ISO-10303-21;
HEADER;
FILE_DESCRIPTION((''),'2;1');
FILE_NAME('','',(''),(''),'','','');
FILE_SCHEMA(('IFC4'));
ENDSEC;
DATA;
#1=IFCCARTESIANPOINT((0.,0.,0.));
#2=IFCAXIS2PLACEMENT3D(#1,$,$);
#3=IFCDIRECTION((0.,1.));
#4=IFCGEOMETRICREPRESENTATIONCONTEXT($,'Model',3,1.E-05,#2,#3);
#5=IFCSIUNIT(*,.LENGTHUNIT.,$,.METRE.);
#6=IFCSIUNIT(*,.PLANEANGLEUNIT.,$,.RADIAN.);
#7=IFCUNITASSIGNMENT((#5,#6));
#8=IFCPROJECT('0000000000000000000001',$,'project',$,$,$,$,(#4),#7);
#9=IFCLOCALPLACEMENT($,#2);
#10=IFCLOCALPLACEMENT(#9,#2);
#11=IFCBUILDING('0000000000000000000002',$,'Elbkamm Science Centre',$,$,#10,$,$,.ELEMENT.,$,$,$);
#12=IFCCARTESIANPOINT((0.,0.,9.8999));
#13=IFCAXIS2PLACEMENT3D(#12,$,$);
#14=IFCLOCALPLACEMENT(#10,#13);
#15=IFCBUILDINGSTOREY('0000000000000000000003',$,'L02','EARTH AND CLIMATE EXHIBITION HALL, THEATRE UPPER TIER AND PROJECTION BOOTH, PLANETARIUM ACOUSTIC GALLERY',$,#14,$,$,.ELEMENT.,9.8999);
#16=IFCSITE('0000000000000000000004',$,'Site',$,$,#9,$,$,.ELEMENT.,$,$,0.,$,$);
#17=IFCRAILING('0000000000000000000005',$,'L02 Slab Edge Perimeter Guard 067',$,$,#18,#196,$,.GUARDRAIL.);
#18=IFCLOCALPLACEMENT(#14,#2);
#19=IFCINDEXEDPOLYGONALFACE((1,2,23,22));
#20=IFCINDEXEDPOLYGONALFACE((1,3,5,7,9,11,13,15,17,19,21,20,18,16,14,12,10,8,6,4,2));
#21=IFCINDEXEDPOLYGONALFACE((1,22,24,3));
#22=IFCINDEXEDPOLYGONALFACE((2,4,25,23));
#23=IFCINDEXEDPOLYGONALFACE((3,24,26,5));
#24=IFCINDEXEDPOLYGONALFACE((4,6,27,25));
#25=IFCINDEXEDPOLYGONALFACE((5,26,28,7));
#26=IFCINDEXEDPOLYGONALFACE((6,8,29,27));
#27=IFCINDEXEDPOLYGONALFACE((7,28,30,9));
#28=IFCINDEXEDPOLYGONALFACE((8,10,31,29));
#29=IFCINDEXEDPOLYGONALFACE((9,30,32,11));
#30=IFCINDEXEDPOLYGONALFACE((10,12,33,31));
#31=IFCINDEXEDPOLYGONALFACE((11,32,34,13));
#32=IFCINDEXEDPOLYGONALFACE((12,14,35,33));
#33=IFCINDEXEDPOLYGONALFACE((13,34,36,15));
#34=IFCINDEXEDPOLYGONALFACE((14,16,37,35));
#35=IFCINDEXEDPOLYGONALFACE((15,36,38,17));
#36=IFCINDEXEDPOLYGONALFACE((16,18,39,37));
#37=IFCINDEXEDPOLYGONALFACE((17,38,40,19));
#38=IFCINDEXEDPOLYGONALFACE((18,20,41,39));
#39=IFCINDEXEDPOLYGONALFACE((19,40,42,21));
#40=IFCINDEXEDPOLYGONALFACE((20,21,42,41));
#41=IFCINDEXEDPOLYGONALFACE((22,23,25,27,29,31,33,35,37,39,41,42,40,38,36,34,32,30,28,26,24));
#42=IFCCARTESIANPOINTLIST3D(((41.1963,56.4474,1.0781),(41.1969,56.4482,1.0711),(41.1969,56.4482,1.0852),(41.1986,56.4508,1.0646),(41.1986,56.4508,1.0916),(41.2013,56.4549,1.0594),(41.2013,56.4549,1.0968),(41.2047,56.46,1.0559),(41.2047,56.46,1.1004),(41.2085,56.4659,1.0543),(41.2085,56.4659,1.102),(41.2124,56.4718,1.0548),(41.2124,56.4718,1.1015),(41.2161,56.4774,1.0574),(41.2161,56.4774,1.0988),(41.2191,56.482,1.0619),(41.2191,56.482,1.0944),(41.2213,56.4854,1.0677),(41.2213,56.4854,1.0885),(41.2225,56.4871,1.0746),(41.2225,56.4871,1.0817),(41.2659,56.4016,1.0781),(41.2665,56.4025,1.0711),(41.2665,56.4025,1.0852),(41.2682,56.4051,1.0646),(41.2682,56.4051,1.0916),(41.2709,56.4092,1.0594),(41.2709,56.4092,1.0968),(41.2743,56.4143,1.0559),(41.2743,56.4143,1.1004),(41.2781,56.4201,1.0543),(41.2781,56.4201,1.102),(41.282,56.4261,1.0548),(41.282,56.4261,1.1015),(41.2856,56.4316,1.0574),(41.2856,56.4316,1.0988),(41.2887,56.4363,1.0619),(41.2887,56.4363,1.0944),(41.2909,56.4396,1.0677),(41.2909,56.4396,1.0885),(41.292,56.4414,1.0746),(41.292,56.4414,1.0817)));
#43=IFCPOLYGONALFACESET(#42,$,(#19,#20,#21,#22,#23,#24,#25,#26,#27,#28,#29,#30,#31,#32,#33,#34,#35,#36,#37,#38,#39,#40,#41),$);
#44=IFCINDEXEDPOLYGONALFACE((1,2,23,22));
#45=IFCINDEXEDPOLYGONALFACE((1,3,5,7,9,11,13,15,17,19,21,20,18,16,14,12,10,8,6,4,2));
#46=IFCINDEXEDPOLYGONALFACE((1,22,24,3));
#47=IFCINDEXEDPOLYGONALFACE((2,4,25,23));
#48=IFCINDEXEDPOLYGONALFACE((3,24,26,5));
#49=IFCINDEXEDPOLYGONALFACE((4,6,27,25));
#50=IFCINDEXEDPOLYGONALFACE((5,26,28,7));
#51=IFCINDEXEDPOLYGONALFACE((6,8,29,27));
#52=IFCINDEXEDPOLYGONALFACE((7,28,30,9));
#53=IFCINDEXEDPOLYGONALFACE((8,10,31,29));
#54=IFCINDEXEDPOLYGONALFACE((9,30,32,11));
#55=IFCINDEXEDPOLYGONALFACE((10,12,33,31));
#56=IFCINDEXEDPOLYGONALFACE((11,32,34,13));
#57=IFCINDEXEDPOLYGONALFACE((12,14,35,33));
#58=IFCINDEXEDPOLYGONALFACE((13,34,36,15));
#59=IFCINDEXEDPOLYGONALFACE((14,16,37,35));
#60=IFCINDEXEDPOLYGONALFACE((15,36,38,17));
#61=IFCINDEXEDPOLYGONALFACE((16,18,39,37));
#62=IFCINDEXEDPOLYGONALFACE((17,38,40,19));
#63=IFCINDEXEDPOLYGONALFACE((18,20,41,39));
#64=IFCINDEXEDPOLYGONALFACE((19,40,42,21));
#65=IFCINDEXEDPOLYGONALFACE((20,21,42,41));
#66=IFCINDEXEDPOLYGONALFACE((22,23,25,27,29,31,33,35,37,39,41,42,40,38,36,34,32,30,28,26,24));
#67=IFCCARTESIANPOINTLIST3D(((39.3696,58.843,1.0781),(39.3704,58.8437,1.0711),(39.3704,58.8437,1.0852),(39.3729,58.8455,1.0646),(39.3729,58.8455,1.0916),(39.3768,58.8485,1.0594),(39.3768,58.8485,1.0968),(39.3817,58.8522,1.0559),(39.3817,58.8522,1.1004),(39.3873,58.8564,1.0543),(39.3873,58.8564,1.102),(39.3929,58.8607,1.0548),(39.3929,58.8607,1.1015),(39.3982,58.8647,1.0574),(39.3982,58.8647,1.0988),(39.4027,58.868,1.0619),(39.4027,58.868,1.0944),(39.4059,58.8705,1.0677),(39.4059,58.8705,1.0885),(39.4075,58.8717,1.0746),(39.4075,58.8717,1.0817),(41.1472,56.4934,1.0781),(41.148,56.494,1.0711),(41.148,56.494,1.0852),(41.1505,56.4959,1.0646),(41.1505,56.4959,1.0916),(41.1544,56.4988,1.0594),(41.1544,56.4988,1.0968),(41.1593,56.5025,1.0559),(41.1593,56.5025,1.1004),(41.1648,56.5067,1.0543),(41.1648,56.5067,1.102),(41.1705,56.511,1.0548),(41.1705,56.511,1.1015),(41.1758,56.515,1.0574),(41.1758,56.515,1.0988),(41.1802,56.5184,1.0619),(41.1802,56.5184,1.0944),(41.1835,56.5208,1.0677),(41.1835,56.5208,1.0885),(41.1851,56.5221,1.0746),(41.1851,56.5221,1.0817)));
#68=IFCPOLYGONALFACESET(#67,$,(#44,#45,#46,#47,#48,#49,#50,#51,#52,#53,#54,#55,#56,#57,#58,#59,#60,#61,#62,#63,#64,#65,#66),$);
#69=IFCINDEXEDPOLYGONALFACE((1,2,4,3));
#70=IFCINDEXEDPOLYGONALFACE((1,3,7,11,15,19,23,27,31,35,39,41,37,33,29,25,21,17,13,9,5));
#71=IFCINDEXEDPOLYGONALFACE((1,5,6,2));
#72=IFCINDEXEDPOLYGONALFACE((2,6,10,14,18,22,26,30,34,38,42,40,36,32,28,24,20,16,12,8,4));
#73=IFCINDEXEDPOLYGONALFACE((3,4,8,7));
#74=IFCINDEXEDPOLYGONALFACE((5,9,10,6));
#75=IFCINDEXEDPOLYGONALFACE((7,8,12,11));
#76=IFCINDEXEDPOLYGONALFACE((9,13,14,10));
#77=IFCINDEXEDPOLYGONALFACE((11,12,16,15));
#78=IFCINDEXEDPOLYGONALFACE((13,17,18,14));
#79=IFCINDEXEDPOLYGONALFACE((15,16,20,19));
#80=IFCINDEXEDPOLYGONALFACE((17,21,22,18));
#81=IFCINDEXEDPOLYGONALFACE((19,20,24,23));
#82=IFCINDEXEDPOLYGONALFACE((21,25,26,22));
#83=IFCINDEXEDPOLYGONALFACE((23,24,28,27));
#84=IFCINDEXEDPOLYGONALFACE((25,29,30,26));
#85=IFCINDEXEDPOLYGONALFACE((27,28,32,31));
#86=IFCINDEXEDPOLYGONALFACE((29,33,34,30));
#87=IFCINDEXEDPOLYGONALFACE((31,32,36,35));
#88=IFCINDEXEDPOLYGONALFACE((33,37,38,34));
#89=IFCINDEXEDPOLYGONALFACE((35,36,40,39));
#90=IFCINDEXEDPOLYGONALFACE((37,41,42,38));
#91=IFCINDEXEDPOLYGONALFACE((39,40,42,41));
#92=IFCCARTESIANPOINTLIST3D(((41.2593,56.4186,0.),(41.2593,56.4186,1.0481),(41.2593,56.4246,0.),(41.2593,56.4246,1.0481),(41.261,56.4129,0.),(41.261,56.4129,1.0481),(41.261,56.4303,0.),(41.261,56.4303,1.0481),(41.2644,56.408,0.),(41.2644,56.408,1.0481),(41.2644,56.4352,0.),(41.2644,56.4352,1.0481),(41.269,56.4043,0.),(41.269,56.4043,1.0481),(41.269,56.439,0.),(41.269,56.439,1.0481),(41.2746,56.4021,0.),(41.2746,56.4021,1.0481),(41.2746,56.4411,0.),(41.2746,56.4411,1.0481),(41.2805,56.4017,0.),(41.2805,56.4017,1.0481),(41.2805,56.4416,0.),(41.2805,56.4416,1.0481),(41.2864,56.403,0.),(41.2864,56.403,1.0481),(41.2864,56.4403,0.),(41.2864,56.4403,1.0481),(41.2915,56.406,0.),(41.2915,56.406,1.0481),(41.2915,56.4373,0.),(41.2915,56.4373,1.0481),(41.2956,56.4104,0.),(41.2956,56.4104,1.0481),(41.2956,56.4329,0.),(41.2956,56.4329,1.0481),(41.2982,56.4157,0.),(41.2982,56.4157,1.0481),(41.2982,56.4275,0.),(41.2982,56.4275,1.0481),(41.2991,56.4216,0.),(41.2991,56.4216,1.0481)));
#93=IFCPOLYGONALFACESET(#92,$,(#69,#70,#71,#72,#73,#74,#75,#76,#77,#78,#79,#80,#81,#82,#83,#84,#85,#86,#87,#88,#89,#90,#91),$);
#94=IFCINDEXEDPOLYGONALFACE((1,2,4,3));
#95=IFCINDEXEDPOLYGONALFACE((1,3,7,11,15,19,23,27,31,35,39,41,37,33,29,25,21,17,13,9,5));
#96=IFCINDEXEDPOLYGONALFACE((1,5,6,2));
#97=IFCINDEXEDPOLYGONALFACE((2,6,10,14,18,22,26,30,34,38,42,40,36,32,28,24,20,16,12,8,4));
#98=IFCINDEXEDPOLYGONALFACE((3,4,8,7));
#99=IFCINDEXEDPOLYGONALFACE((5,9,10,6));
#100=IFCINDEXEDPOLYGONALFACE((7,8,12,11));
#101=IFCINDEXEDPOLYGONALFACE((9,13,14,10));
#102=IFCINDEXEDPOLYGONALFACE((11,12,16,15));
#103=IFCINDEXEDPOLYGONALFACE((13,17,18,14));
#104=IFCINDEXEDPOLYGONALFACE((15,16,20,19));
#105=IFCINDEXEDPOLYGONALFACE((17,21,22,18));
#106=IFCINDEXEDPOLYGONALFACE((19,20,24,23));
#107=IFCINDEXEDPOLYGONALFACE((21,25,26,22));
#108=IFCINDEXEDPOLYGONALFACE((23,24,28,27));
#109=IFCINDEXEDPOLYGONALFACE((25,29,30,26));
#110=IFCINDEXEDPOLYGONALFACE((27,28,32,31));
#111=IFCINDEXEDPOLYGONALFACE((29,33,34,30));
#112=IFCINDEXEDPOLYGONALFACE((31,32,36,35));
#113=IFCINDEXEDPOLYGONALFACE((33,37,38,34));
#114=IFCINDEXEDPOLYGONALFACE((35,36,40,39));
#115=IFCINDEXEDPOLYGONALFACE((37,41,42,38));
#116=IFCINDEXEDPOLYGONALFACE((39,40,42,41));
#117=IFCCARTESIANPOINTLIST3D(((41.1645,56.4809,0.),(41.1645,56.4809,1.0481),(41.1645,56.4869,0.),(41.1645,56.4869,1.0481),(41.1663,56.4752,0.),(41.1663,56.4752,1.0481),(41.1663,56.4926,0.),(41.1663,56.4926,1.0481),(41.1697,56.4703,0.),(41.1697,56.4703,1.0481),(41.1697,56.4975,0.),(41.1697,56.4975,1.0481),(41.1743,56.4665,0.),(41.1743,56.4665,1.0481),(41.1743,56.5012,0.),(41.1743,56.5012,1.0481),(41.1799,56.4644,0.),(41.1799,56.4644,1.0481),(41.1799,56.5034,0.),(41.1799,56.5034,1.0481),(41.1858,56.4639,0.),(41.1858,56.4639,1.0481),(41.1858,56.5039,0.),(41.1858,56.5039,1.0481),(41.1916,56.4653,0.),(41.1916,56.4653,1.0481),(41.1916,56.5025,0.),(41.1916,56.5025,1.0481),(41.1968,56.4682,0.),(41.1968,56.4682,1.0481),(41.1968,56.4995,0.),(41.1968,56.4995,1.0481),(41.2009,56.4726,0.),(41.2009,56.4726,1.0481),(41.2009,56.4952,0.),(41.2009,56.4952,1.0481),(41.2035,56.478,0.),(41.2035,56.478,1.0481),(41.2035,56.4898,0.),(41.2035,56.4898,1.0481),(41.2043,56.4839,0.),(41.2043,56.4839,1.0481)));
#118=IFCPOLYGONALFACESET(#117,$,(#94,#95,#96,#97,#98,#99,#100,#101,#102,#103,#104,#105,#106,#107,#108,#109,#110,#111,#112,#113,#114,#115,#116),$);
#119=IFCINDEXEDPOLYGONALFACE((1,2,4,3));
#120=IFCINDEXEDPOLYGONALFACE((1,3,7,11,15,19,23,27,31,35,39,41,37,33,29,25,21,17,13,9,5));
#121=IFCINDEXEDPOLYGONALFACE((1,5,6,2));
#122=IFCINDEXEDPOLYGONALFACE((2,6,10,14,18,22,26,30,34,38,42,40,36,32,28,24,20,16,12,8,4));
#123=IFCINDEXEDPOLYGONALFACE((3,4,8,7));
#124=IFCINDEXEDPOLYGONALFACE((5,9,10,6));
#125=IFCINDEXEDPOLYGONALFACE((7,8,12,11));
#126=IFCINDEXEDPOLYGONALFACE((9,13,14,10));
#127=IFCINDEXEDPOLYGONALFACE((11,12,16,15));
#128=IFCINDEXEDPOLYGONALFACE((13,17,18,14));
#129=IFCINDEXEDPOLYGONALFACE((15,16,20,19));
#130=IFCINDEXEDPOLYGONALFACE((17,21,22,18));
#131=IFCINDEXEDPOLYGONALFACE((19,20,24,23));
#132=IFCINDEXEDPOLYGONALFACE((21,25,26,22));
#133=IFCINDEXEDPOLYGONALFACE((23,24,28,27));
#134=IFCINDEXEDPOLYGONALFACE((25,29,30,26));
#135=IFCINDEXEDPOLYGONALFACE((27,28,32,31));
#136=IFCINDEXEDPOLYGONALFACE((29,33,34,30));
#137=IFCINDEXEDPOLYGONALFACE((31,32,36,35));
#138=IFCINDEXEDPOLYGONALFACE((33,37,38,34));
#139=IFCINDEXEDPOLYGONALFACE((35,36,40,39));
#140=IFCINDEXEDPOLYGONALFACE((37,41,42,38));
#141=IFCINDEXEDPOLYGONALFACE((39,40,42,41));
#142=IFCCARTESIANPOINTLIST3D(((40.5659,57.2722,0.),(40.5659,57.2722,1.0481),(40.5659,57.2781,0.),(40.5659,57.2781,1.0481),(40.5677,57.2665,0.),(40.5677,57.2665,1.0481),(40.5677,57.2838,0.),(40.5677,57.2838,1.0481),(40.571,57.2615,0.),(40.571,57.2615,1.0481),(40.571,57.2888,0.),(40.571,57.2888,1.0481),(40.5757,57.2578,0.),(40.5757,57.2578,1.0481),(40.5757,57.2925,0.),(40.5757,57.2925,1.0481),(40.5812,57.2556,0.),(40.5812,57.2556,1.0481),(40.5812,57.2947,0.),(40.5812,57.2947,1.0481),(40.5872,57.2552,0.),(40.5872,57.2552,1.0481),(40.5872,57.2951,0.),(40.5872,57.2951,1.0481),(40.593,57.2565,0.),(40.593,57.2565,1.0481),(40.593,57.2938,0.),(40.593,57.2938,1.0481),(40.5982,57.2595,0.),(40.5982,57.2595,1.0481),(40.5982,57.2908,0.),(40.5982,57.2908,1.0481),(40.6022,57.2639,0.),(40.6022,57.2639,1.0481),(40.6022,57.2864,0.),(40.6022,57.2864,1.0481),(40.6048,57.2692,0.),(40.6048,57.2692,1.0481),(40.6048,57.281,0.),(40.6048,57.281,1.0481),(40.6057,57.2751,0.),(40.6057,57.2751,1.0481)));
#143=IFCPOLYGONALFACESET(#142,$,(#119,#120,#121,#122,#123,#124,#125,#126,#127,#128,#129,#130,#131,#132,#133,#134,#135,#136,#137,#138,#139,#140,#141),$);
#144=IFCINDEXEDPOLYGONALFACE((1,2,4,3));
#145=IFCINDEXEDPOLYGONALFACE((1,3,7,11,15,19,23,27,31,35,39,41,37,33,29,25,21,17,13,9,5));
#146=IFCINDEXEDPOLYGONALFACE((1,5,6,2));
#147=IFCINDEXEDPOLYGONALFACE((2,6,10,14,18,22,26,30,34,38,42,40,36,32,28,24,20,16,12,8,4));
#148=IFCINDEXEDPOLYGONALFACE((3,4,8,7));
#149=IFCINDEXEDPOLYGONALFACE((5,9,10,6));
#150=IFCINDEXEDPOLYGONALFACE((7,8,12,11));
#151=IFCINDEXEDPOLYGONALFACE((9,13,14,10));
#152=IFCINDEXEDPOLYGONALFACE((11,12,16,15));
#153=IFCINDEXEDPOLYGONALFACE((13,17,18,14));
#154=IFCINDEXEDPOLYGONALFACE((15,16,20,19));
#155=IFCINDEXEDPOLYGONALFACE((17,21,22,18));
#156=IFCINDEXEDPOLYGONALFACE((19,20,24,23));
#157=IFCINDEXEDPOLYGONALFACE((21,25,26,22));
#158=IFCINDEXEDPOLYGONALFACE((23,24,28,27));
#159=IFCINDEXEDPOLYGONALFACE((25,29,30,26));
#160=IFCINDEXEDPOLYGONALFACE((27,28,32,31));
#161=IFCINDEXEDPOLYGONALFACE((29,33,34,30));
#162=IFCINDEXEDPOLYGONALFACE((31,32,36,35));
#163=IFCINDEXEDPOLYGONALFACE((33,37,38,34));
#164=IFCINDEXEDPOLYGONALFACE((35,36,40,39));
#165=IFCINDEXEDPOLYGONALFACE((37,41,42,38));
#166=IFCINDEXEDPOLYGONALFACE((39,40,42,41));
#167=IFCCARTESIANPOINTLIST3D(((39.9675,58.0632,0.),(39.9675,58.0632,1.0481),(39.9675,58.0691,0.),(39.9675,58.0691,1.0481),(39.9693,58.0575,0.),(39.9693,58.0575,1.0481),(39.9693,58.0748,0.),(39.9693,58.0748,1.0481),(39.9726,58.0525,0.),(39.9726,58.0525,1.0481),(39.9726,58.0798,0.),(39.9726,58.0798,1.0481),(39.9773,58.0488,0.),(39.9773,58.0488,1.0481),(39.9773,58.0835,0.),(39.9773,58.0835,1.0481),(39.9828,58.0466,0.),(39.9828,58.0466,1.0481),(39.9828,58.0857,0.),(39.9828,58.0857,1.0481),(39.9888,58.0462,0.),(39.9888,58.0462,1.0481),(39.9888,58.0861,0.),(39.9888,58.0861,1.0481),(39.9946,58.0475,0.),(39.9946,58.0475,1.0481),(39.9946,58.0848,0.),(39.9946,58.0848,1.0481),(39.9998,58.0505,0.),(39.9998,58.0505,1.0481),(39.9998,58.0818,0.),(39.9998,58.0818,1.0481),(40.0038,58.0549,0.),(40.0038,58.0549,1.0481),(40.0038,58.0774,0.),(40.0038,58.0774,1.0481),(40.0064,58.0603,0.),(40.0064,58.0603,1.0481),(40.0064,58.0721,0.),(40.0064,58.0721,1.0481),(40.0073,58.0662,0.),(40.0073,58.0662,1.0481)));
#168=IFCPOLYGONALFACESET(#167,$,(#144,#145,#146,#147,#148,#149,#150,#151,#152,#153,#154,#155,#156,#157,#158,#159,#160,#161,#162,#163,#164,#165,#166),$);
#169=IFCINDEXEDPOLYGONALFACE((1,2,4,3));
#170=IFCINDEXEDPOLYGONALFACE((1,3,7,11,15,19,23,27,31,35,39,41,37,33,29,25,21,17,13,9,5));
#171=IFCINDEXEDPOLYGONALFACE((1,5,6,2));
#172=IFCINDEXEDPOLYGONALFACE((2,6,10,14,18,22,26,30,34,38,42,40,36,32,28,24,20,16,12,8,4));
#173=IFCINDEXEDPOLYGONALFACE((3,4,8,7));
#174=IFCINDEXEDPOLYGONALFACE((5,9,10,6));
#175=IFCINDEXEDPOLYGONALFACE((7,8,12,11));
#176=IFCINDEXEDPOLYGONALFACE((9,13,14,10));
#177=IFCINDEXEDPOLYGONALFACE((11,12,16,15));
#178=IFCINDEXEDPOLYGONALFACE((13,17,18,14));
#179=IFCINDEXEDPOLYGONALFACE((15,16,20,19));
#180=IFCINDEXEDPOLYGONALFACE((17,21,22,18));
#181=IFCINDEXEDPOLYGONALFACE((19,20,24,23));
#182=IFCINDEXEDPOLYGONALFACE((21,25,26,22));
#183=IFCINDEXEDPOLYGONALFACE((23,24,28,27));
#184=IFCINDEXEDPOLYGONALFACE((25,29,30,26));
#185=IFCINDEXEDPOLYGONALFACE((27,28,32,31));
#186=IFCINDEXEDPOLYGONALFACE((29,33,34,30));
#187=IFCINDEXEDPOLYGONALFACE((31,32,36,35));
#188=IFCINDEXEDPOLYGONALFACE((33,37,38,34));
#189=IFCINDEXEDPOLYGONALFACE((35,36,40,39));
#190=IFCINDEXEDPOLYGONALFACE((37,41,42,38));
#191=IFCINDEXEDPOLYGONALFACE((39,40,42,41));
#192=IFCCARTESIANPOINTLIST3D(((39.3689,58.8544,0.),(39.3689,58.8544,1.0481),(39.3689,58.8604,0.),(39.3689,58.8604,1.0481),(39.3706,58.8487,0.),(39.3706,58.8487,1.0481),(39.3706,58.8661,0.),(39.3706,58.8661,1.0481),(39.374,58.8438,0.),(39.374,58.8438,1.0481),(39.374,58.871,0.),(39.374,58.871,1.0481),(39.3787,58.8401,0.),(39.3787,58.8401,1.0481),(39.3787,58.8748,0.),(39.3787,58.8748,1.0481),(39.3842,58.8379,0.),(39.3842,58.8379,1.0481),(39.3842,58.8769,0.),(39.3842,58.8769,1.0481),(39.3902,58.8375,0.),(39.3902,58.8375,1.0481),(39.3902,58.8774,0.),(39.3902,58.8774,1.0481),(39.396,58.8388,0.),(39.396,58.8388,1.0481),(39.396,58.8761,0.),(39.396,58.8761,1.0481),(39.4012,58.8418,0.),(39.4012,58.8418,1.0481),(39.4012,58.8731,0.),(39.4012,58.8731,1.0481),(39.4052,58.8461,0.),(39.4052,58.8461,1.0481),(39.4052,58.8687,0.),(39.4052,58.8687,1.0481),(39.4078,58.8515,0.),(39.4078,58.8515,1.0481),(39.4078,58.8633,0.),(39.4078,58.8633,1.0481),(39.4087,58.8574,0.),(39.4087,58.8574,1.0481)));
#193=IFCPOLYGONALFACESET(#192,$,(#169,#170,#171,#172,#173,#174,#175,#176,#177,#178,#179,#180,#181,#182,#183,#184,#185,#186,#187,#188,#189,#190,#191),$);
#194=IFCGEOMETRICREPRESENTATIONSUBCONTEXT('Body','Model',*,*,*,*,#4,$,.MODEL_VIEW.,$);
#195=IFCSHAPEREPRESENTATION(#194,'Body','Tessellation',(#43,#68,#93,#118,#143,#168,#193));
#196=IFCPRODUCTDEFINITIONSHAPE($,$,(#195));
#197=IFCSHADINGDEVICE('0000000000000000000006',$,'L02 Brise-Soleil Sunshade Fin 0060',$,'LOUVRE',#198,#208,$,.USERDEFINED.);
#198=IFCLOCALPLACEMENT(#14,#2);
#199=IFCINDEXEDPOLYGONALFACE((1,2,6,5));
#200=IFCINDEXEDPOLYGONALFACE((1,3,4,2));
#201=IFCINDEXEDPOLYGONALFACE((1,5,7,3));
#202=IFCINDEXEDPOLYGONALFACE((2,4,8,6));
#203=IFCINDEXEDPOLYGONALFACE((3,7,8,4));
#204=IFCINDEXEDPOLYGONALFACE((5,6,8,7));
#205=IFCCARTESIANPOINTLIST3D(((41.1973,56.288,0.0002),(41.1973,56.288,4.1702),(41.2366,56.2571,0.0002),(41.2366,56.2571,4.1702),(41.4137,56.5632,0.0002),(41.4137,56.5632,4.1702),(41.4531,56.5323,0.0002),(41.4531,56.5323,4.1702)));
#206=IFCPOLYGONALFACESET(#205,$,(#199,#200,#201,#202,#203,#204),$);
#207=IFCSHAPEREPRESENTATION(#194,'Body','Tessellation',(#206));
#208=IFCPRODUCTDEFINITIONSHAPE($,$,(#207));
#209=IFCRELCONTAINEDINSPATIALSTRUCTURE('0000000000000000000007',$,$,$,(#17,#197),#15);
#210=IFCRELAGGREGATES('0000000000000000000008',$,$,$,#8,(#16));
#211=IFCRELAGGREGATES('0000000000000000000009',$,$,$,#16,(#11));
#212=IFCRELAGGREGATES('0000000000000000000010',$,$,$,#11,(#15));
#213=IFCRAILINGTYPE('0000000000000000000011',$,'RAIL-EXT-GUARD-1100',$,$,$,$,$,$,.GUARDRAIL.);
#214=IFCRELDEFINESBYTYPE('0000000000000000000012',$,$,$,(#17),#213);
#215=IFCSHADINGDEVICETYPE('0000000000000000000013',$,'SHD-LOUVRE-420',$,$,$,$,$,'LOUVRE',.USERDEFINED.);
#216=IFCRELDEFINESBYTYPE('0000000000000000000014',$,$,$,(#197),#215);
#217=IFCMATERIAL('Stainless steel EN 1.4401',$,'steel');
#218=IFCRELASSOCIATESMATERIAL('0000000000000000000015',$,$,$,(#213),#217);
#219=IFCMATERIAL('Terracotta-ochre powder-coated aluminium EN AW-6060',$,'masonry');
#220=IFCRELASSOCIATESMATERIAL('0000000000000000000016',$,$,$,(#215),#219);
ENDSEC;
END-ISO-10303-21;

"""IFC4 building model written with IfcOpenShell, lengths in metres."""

from ifc_helpers import new_model, si_unit, direction, frame, origin, origin_2d, place, context, subcontext, project, spatial, rectangle, circle, extrude, material, type_object, element, save


model = new_model("IFC4")

# Units and contexts
model_context = context("Model", 3, precision=1e-05, world=origin(), true_north=direction((0.0, 1.0)))
body_context = subcontext(model_context, "Body", "Model", "MODEL_VIEW")
ifc_project = project(units=[si_unit("LENGTHUNIT", "METRE"), si_unit("PLANEANGLEUNIT", "RADIAN")], contexts=[model_context])

# Site, building, storey
site_placement = place(None, origin())
site = spatial("IfcSite", under=ifc_project, at=site_placement, Name="Site", CompositionType="ELEMENT", RefElevation=0.0)
building_placement = place(site_placement, origin())
building = spatial("IfcBuilding", under=site, at=building_placement, Name="Elbkamm Science Centre", CompositionType="ELEMENT")
storey_placement = place(building_placement, frame((0.0, 0.0, 9.8999)))
storey = spatial("IfcBuildingStorey", under=building, at=storey_placement, Name="L02", Description="EARTH AND CLIMATE EXHIBITION HALL, THEATRE UPPER TIER AND PROJECTION BOOTH, PLANETARIUM ACOUSTIC GALLERY", CompositionType="ELEMENT", Elevation=9.8999)

# Railing
ifc_material_1 = material(Name="Stainless steel EN 1.4401", Category="steel")
railing_type = type_object("IfcRailingType", Name="RAIL-EXT-GUARD-1100", PredefinedType="GUARDRAIL", material=ifc_material_1)
railing_placement = place(storey_placement, frame((41.2791, 56.4216, 0.0)))
element("IfcRailing", 1, at=railing_placement, inside=storey, type_object=railing_type, Name="L02 Slab Edge Perimeter Guard 067", PredefinedType="GUARDRAIL", context=body_context, shape_type="SweptSolid", body=[
    extrude(circle(Radius=0.0239, at=origin_2d()), frame((0.0, 0.0, 1.0781), z_axis=(-0.835677, 0.549221, 0.0), x_axis=(-0.549221, -0.835677, 0.0)), (0.0, 0.0, 1.0), 0.0833),
    extrude(circle(Radius=0.0239, at=origin_2d()), frame((-0.1128, 0.0862, 1.0781), z_axis=(-0.603328, 0.797493, 0.0), x_axis=(-0.797493, -0.603328, 0.0)), (0.0, 0.0, 1.0), 2.9463),
    extrude(circle(Radius=0.02, at=origin_2d()), origin(), (0.0, 0.0, 1.0), 1.0481),
    extrude(circle(Radius=0.02, at=origin_2d()), frame((-0.0947, 0.0623, 0.0)), (0.0, 0.0, 1.0), 1.0481),
    extrude(circle(Radius=0.02, at=origin_2d()), frame((-0.6934, 0.8535, 0.0)), (0.0, 0.0, 1.0), 1.0481),
    extrude(circle(Radius=0.02, at=origin_2d()), frame((-1.2917, 1.6445, 0.0)), (0.0, 0.0, 1.0), 1.0481),
    extrude(circle(Radius=0.02, at=origin_2d()), frame((-1.8904, 2.4358, 0.0)), (0.0, 0.0, 1.0), 1.0481),
])

# Shading device
ifc_material_2 = material(Name="Terracotta-ochre powder-coated aluminium EN AW-6060", Category="masonry")
shading_device_type = type_object("IfcShadingDeviceType", Name="SHD-LOUVRE-420", ElementType="LOUVRE", PredefinedType="USERDEFINED", material=ifc_material_2)
for number, where, z_axis, x_axis, name in (
    (2, (41.3252, 56.4102, 0.0002), (0.0, 0.0, 1.0), (-0.61822, -0.786005, 0.0), "L02 Brise-Soleil Sunshade Fin 0060"),
):
    element("IfcShadingDevice", number, at=place(storey_placement, frame(where, z_axis=z_axis, x_axis=x_axis)), inside=storey, type_object=shading_device_type, Name=name, ObjectType="LOUVRE", PredefinedType="USERDEFINED", context=body_context, shape_type="SweptSolid", body=[
        extrude(rectangle(XDim=0.3501, YDim=0.05, at=origin_2d()), origin(), (0.0, 0.0, 1.0), 4.1699),
    ])

save(model, "model.ifc")
